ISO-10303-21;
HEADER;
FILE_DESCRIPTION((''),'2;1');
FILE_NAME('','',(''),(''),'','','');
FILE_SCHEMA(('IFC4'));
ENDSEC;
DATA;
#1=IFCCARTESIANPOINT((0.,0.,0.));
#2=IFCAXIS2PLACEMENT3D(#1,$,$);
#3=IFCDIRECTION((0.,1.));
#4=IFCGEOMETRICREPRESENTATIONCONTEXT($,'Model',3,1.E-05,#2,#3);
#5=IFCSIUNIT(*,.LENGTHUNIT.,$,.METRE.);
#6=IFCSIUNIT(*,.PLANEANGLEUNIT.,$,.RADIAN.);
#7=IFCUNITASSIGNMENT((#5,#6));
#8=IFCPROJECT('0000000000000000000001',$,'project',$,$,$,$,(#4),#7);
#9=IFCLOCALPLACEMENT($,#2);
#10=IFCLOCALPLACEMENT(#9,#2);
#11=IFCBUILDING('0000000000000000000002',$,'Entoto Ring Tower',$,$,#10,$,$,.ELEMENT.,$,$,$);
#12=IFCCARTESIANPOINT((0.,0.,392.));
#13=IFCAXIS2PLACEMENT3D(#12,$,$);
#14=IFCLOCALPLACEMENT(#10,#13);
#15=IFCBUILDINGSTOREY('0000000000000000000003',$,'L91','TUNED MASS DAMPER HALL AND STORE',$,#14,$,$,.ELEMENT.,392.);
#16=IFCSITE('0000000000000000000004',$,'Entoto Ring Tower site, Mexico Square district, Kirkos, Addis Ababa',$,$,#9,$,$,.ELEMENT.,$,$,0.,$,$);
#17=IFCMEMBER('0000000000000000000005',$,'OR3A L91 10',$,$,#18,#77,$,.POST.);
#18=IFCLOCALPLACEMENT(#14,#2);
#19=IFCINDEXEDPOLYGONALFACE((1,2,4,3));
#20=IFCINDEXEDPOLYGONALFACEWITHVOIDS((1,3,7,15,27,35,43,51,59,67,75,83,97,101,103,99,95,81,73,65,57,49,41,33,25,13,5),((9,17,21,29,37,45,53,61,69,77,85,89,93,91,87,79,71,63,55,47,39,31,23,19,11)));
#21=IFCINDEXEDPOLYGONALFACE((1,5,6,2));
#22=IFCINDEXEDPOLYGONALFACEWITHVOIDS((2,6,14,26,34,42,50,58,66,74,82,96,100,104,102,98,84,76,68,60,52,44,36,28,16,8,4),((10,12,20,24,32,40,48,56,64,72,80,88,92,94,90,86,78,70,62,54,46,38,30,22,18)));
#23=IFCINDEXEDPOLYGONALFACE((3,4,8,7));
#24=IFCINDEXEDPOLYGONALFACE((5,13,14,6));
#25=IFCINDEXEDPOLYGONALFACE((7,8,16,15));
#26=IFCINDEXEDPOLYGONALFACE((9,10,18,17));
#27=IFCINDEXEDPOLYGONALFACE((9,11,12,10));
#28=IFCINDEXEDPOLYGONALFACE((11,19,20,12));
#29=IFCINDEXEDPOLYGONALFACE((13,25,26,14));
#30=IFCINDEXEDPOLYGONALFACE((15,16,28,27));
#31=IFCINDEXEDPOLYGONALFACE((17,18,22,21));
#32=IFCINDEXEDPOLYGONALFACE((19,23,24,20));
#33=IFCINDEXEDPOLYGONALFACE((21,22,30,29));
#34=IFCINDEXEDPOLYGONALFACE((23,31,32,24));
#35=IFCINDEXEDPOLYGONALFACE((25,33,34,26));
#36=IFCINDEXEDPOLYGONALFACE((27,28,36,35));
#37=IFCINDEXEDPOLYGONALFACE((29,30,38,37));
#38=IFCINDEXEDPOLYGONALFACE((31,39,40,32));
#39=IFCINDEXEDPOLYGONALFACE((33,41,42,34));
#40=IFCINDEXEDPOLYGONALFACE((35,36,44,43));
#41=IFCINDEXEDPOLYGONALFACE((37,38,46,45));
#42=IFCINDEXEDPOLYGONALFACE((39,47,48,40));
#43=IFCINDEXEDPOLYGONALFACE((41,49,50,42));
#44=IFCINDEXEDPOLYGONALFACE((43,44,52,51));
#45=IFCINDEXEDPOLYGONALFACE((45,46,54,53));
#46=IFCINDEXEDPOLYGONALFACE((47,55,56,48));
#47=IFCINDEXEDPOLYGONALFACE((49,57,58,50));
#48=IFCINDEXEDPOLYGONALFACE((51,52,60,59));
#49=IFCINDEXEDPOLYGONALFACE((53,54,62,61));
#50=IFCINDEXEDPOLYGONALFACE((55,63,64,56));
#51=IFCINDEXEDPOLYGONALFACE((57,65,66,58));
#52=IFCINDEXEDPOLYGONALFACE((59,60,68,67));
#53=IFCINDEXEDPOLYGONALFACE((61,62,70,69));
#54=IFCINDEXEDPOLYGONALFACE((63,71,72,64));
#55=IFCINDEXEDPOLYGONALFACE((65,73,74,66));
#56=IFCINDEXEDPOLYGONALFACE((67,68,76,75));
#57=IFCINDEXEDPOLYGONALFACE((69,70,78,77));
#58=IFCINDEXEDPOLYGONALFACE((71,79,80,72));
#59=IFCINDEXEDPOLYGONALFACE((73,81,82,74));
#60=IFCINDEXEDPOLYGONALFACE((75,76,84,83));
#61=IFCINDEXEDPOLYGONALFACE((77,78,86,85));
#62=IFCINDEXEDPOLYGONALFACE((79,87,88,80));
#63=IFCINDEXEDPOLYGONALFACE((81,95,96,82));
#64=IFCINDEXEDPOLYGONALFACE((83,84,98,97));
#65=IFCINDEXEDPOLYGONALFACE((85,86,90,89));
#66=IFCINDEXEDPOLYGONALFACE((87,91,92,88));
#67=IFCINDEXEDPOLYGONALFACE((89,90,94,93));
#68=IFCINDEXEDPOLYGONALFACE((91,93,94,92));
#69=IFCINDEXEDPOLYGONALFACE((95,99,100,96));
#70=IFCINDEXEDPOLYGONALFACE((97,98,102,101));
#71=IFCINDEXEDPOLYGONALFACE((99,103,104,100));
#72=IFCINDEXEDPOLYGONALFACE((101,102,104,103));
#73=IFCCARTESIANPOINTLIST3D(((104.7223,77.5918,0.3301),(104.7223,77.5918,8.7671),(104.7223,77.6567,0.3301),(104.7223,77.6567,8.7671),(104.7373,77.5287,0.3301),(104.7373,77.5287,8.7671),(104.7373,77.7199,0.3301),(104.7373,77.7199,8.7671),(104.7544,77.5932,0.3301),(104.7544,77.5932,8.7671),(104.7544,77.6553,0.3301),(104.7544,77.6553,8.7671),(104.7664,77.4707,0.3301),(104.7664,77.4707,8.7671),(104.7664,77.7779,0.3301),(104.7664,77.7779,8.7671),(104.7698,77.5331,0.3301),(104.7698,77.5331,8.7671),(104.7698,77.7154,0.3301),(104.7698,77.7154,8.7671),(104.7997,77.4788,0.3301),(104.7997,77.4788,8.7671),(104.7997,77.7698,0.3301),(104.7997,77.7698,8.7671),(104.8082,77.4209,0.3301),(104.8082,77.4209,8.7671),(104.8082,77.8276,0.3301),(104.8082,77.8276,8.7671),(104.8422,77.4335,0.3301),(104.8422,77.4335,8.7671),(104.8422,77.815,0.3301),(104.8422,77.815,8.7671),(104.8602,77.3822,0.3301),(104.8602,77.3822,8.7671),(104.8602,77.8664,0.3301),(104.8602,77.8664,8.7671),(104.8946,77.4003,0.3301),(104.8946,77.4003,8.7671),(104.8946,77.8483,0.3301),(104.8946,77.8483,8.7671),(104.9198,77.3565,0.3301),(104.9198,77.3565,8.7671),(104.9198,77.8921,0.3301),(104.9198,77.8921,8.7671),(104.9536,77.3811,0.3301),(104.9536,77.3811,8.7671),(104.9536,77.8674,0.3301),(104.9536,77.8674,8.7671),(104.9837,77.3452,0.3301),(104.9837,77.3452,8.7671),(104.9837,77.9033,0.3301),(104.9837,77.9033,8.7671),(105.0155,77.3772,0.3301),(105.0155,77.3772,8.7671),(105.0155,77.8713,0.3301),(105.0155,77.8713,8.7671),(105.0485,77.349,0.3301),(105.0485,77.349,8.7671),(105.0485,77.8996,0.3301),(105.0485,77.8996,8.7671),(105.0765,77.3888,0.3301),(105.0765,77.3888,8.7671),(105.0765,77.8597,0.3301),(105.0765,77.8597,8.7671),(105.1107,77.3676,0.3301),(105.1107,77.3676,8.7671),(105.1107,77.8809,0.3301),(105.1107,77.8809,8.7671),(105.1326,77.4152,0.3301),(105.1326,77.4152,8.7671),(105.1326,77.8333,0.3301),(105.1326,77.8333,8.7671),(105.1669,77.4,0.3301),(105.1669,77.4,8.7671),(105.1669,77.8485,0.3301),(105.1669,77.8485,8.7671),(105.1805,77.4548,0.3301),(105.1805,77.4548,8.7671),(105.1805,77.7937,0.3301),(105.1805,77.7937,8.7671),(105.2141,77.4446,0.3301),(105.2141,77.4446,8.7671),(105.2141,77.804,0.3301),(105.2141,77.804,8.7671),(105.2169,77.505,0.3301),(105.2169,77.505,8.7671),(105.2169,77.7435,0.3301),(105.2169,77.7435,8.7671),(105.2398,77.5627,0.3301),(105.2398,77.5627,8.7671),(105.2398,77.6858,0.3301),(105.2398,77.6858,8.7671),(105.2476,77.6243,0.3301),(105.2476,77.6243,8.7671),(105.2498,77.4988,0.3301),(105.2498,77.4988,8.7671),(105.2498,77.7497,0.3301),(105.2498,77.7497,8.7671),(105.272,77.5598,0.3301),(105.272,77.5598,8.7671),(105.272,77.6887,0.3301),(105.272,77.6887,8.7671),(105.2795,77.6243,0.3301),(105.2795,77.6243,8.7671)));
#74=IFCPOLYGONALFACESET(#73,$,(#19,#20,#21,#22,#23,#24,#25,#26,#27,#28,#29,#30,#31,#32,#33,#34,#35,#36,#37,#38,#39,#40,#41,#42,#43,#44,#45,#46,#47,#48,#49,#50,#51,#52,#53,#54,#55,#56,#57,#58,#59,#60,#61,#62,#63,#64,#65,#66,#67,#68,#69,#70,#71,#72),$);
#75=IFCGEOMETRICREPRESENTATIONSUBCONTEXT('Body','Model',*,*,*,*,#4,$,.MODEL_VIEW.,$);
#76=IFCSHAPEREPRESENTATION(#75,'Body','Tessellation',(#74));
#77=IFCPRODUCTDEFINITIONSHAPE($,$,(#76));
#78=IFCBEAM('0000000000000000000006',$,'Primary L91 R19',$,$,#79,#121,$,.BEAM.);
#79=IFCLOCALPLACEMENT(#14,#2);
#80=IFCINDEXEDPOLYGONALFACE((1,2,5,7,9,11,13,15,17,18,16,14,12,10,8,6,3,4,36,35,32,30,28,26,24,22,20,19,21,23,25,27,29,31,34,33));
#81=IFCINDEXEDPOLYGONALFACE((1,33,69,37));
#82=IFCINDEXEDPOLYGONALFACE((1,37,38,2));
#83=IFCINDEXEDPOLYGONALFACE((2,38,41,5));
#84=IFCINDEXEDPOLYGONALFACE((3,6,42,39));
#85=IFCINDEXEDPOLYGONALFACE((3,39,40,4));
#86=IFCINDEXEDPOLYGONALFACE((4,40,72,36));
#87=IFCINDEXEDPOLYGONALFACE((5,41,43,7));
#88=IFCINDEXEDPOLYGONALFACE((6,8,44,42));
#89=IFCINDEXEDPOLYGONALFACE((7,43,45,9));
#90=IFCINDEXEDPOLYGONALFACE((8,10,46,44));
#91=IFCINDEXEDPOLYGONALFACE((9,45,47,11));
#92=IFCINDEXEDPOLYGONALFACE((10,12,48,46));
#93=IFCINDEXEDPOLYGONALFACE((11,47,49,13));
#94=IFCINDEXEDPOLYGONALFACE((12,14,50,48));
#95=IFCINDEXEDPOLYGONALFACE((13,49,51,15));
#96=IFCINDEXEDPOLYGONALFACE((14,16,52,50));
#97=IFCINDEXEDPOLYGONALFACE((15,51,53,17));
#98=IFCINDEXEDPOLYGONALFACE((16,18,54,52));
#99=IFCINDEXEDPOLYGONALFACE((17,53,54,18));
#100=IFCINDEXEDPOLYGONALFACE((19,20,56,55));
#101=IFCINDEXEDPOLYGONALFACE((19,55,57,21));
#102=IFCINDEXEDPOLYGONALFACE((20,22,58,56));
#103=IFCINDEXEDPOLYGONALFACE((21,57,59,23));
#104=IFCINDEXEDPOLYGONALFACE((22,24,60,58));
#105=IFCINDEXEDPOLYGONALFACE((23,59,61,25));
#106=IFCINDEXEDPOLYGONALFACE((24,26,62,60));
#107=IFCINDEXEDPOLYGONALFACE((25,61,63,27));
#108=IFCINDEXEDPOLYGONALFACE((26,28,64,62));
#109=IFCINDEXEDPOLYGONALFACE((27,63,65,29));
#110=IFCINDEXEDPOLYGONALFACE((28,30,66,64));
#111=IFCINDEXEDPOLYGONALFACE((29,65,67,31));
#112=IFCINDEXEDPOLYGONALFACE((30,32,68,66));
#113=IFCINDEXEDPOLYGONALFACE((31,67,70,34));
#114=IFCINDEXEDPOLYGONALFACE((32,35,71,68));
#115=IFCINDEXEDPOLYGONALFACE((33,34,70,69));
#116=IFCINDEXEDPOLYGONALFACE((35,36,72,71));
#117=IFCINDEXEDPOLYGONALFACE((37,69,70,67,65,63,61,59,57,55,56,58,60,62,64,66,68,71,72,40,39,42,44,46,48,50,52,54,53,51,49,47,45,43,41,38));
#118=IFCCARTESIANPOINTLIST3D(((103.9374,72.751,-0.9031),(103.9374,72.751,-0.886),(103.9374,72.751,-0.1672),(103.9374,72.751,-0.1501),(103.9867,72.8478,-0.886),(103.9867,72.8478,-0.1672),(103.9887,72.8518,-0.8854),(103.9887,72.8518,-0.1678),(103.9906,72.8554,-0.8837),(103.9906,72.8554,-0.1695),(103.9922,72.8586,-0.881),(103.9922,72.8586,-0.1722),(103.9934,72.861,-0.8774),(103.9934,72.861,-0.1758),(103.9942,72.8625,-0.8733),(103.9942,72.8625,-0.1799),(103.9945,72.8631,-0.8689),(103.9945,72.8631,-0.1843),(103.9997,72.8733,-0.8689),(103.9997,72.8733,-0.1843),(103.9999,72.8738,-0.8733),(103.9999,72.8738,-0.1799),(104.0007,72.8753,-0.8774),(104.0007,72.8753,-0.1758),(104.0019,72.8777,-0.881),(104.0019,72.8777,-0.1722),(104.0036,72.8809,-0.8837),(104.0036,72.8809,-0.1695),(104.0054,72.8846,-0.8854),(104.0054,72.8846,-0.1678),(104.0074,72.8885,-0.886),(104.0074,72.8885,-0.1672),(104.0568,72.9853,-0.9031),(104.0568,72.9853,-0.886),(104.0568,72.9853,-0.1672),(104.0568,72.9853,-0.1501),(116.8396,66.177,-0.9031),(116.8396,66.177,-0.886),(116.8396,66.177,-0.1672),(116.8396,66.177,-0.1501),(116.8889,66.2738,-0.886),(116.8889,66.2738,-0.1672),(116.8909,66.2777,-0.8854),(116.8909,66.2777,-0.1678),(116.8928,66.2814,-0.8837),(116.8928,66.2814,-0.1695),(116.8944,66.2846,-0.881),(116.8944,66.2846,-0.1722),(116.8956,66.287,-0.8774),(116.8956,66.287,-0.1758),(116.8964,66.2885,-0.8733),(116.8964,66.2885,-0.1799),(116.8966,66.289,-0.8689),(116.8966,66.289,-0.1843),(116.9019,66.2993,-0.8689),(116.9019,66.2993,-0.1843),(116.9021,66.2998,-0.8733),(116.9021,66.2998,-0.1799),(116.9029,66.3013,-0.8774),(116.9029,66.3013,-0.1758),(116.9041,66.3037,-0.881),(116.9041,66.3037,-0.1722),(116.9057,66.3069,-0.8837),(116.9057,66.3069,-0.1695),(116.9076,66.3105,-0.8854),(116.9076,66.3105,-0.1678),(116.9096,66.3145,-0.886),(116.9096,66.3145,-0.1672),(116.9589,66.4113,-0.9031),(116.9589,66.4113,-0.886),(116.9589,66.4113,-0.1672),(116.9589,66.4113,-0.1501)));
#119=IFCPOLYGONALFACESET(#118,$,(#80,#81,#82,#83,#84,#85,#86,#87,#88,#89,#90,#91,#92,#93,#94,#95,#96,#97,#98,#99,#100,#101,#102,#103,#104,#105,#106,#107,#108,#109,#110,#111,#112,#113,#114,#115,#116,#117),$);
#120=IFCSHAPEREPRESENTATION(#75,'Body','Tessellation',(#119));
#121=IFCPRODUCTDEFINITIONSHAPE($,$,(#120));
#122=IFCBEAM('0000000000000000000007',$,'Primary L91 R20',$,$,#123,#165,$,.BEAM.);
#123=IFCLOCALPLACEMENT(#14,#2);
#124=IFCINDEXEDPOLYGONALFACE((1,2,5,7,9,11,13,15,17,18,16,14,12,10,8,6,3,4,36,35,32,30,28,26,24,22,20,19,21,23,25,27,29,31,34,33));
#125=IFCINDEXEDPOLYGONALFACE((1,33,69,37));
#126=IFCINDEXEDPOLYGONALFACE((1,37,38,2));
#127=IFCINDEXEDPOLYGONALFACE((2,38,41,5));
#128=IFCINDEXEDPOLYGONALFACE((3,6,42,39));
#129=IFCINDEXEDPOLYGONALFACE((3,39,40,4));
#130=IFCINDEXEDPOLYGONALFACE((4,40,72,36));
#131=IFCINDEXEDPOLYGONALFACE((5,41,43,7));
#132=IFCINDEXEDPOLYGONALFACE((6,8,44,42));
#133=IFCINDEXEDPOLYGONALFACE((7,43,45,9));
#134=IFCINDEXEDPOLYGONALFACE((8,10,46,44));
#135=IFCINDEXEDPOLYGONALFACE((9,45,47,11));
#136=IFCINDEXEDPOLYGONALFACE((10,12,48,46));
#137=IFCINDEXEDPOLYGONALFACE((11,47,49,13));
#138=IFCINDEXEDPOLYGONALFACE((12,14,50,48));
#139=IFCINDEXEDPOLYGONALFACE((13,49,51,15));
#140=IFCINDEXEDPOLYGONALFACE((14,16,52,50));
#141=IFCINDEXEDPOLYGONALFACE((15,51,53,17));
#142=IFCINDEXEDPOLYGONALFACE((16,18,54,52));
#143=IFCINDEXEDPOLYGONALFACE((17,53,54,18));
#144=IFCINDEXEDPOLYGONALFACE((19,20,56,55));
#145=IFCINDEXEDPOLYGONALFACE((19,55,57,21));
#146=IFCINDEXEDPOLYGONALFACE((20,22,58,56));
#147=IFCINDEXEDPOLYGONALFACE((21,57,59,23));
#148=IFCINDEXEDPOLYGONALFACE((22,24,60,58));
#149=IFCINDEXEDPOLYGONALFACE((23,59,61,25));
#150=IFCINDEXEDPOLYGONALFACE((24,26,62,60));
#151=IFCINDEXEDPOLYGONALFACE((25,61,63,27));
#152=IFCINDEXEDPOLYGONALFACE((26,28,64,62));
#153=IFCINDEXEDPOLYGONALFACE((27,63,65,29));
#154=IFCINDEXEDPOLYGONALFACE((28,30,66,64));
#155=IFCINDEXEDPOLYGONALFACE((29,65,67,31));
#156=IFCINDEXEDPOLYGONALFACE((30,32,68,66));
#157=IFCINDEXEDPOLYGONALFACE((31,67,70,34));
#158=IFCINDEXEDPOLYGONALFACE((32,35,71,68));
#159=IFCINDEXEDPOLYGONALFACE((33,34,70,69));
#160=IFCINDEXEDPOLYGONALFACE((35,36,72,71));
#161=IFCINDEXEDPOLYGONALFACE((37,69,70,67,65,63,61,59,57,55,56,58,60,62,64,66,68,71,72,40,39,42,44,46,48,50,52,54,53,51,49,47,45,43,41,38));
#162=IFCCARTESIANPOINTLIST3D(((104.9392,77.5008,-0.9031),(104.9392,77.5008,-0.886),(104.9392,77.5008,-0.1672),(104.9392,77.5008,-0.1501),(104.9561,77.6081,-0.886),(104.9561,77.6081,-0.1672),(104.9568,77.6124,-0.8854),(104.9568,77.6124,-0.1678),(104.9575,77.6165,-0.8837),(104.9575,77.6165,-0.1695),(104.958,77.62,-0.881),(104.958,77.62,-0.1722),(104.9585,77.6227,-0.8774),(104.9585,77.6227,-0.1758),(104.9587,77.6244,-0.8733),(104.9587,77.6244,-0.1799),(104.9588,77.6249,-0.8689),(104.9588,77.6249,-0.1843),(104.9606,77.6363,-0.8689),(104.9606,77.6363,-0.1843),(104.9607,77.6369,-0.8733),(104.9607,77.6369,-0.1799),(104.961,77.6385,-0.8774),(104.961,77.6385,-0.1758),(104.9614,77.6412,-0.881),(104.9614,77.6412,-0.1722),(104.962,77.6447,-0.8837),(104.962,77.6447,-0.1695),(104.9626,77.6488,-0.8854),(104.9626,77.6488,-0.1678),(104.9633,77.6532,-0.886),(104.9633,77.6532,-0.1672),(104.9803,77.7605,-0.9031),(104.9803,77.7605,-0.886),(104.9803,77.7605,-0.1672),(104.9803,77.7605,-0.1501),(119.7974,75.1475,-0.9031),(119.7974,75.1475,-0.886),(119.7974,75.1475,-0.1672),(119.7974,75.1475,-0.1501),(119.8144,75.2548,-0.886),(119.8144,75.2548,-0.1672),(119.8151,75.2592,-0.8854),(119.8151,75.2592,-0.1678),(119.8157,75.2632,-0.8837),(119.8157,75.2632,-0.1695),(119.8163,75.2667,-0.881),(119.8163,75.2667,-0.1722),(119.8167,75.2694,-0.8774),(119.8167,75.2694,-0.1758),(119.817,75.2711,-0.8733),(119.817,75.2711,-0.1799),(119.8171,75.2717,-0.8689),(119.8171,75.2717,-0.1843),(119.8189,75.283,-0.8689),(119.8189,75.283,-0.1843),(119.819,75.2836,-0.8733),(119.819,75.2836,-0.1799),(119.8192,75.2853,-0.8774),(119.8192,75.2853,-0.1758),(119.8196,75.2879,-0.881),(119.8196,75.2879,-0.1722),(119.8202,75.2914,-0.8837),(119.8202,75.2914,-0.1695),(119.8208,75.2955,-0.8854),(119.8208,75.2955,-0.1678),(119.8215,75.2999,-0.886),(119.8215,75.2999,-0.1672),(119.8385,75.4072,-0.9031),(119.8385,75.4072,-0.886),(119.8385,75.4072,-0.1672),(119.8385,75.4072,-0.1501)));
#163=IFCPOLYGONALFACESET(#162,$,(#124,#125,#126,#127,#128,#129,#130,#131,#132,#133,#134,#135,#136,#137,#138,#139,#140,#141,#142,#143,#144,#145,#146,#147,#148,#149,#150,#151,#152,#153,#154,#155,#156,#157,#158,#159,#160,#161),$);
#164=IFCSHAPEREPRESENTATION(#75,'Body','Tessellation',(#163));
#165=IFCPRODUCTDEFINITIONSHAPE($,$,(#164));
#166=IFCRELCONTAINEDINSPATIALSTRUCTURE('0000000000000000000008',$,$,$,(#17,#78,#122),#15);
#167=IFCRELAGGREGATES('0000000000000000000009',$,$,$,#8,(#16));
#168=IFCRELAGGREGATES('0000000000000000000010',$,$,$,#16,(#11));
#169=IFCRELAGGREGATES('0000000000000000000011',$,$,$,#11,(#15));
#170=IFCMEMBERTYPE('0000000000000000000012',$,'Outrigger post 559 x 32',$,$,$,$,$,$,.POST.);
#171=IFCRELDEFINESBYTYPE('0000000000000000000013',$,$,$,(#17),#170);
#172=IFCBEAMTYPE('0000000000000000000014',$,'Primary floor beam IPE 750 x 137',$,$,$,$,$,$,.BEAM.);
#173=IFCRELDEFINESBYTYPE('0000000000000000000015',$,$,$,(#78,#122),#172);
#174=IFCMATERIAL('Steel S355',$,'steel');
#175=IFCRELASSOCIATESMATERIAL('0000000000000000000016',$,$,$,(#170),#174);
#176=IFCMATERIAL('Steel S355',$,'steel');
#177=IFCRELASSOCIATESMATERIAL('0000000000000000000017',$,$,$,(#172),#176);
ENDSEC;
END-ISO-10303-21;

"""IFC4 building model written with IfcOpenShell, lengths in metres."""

from ifc_helpers import new_model, si_unit, direction, frame, origin, origin_2d, place, context, subcontext, project, spatial, circle, hollow_circle, i_section, extrude, material, material_profile, profile_set, type_object, element, save


model = new_model("IFC4")

# Units and contexts
model_context = context("Model", 3, precision=1e-05, world=origin(), true_north=direction((0.0, 1.0)))
body_context = subcontext(model_context, "Body", "Model", "MODEL_VIEW")
ifc_project = project(units=[si_unit("LENGTHUNIT", "METRE"), si_unit("PLANEANGLEUNIT", "RADIAN")], contexts=[model_context])

# Site, building, storey
site_placement = place(None, origin())
site = spatial("IfcSite", under=ifc_project, at=site_placement, Name="Entoto Ring Tower site, Mexico Square district, Kirkos, Addis Ababa", CompositionType="ELEMENT", RefElevation=0.0)
building_placement = place(site_placement, origin())
building = spatial("IfcBuilding", under=site, at=building_placement, Name="Entoto Ring Tower", CompositionType="ELEMENT")
storey_placement = place(building_placement, frame((0.0, 0.0, 392.0)))
storey = spatial("IfcBuildingStorey", under=building, at=storey_placement, Name="L91", Description="TUNED MASS DAMPER HALL AND STORE", CompositionType="ELEMENT", Elevation=392.0)

# Member
ifc_material_1 = material(Name="Steel S355", Category="steel")
ifc_material_profile_1 = material_profile(ifc_material_1, hollow_circle(Radius=0.2795, WallThickness=0.032, at=origin_2d()), Name="CHS 559 x 32")
ifc_material_2 = material(Name="Concrete C60/75", Category="concrete")
ifc_material_profile_2 = material_profile(ifc_material_2, circle(Radius=0.2476, at=origin_2d()), Name="Concrete C60/75 infill")
ifc_profile_set_1 = profile_set([ifc_material_profile_1, ifc_material_profile_2], Name="Steel S355")
member_type_1 = type_object("IfcMemberType", Name="Outrigger post 559 x 32", PredefinedType="POST", material=ifc_profile_set_1)
member_1_placement = place(storey_placement, frame((105.0, 77.6243, 0.3301), z_axis=(0.0, 0.0, 1.0), x_axis=(1.0, 0.0, 0.0)))
element("IfcMember", 1, at=member_1_placement, inside=storey, type_object=member_type_1, Name="OR3A L91 10", PredefinedType="POST", context=body_context, shape_type="SweptSolid", body=[
    extrude(hollow_circle(Radius=0.2795, WallThickness=0.032, at=origin_2d()), origin(), (0.0, 0.0, 1.0), 8.437),
])

# Beams
ifc_material_3 = material(Name="Steel S355", Category="steel")
ifc_material_profile_3 = material_profile(ifc_material_3, i_section(OverallWidth=0.2629, OverallDepth=0.7529, WebThickness=0.0115, FlangeThickness=0.0171, FilletRadius=0.0171, at=origin_2d()), Name="IPE 750 x 137")
ifc_profile_set_2 = profile_set([ifc_material_profile_3], Name="Steel S355")
beam_type_1 = type_object("IfcBeamType", Name="Primary floor beam IPE 750 x 137", PredefinedType="BEAM", material=ifc_profile_set_2)
beam_1_placement = place(storey_placement, frame((103.9971, 72.8682, -0.5266), z_axis=(0.891006, -0.453992, 0.0), x_axis=(0.453992, 0.891006, 0.0)))
element("IfcBeam", 2, at=beam_1_placement, inside=storey, type_object=beam_type_1, Name="Primary L91 R19", PredefinedType="BEAM", context=body_context, shape_type="SweptSolid", body=[
    extrude(i_section(OverallWidth=0.2629, OverallDepth=0.7529, WebThickness=0.0115, FlangeThickness=0.0171, FilletRadius=0.0171, at=origin_2d()), origin(), (0.0, 0.0, 1.0), 14.4805),
])
beam_2_placement = place(storey_placement, frame((104.9597, 77.6306, -0.5266), z_axis=(0.987689, -0.156433, 0.0), x_axis=(0.156433, 0.987689, 0.0)))
element("IfcBeam", 3, at=beam_2_placement, inside=storey, type_object=beam_type_1, Name="Primary L91 R20", PredefinedType="BEAM", context=body_context, shape_type="SweptSolid", body=[
    extrude(i_section(OverallWidth=0.2629, OverallDepth=0.7529, WebThickness=0.0115, FlangeThickness=0.0171, FilletRadius=0.0171, at=origin_2d()), origin(), (0.0, 0.0, 1.0), 15.0435),
])

save(model, "model.ifc")
